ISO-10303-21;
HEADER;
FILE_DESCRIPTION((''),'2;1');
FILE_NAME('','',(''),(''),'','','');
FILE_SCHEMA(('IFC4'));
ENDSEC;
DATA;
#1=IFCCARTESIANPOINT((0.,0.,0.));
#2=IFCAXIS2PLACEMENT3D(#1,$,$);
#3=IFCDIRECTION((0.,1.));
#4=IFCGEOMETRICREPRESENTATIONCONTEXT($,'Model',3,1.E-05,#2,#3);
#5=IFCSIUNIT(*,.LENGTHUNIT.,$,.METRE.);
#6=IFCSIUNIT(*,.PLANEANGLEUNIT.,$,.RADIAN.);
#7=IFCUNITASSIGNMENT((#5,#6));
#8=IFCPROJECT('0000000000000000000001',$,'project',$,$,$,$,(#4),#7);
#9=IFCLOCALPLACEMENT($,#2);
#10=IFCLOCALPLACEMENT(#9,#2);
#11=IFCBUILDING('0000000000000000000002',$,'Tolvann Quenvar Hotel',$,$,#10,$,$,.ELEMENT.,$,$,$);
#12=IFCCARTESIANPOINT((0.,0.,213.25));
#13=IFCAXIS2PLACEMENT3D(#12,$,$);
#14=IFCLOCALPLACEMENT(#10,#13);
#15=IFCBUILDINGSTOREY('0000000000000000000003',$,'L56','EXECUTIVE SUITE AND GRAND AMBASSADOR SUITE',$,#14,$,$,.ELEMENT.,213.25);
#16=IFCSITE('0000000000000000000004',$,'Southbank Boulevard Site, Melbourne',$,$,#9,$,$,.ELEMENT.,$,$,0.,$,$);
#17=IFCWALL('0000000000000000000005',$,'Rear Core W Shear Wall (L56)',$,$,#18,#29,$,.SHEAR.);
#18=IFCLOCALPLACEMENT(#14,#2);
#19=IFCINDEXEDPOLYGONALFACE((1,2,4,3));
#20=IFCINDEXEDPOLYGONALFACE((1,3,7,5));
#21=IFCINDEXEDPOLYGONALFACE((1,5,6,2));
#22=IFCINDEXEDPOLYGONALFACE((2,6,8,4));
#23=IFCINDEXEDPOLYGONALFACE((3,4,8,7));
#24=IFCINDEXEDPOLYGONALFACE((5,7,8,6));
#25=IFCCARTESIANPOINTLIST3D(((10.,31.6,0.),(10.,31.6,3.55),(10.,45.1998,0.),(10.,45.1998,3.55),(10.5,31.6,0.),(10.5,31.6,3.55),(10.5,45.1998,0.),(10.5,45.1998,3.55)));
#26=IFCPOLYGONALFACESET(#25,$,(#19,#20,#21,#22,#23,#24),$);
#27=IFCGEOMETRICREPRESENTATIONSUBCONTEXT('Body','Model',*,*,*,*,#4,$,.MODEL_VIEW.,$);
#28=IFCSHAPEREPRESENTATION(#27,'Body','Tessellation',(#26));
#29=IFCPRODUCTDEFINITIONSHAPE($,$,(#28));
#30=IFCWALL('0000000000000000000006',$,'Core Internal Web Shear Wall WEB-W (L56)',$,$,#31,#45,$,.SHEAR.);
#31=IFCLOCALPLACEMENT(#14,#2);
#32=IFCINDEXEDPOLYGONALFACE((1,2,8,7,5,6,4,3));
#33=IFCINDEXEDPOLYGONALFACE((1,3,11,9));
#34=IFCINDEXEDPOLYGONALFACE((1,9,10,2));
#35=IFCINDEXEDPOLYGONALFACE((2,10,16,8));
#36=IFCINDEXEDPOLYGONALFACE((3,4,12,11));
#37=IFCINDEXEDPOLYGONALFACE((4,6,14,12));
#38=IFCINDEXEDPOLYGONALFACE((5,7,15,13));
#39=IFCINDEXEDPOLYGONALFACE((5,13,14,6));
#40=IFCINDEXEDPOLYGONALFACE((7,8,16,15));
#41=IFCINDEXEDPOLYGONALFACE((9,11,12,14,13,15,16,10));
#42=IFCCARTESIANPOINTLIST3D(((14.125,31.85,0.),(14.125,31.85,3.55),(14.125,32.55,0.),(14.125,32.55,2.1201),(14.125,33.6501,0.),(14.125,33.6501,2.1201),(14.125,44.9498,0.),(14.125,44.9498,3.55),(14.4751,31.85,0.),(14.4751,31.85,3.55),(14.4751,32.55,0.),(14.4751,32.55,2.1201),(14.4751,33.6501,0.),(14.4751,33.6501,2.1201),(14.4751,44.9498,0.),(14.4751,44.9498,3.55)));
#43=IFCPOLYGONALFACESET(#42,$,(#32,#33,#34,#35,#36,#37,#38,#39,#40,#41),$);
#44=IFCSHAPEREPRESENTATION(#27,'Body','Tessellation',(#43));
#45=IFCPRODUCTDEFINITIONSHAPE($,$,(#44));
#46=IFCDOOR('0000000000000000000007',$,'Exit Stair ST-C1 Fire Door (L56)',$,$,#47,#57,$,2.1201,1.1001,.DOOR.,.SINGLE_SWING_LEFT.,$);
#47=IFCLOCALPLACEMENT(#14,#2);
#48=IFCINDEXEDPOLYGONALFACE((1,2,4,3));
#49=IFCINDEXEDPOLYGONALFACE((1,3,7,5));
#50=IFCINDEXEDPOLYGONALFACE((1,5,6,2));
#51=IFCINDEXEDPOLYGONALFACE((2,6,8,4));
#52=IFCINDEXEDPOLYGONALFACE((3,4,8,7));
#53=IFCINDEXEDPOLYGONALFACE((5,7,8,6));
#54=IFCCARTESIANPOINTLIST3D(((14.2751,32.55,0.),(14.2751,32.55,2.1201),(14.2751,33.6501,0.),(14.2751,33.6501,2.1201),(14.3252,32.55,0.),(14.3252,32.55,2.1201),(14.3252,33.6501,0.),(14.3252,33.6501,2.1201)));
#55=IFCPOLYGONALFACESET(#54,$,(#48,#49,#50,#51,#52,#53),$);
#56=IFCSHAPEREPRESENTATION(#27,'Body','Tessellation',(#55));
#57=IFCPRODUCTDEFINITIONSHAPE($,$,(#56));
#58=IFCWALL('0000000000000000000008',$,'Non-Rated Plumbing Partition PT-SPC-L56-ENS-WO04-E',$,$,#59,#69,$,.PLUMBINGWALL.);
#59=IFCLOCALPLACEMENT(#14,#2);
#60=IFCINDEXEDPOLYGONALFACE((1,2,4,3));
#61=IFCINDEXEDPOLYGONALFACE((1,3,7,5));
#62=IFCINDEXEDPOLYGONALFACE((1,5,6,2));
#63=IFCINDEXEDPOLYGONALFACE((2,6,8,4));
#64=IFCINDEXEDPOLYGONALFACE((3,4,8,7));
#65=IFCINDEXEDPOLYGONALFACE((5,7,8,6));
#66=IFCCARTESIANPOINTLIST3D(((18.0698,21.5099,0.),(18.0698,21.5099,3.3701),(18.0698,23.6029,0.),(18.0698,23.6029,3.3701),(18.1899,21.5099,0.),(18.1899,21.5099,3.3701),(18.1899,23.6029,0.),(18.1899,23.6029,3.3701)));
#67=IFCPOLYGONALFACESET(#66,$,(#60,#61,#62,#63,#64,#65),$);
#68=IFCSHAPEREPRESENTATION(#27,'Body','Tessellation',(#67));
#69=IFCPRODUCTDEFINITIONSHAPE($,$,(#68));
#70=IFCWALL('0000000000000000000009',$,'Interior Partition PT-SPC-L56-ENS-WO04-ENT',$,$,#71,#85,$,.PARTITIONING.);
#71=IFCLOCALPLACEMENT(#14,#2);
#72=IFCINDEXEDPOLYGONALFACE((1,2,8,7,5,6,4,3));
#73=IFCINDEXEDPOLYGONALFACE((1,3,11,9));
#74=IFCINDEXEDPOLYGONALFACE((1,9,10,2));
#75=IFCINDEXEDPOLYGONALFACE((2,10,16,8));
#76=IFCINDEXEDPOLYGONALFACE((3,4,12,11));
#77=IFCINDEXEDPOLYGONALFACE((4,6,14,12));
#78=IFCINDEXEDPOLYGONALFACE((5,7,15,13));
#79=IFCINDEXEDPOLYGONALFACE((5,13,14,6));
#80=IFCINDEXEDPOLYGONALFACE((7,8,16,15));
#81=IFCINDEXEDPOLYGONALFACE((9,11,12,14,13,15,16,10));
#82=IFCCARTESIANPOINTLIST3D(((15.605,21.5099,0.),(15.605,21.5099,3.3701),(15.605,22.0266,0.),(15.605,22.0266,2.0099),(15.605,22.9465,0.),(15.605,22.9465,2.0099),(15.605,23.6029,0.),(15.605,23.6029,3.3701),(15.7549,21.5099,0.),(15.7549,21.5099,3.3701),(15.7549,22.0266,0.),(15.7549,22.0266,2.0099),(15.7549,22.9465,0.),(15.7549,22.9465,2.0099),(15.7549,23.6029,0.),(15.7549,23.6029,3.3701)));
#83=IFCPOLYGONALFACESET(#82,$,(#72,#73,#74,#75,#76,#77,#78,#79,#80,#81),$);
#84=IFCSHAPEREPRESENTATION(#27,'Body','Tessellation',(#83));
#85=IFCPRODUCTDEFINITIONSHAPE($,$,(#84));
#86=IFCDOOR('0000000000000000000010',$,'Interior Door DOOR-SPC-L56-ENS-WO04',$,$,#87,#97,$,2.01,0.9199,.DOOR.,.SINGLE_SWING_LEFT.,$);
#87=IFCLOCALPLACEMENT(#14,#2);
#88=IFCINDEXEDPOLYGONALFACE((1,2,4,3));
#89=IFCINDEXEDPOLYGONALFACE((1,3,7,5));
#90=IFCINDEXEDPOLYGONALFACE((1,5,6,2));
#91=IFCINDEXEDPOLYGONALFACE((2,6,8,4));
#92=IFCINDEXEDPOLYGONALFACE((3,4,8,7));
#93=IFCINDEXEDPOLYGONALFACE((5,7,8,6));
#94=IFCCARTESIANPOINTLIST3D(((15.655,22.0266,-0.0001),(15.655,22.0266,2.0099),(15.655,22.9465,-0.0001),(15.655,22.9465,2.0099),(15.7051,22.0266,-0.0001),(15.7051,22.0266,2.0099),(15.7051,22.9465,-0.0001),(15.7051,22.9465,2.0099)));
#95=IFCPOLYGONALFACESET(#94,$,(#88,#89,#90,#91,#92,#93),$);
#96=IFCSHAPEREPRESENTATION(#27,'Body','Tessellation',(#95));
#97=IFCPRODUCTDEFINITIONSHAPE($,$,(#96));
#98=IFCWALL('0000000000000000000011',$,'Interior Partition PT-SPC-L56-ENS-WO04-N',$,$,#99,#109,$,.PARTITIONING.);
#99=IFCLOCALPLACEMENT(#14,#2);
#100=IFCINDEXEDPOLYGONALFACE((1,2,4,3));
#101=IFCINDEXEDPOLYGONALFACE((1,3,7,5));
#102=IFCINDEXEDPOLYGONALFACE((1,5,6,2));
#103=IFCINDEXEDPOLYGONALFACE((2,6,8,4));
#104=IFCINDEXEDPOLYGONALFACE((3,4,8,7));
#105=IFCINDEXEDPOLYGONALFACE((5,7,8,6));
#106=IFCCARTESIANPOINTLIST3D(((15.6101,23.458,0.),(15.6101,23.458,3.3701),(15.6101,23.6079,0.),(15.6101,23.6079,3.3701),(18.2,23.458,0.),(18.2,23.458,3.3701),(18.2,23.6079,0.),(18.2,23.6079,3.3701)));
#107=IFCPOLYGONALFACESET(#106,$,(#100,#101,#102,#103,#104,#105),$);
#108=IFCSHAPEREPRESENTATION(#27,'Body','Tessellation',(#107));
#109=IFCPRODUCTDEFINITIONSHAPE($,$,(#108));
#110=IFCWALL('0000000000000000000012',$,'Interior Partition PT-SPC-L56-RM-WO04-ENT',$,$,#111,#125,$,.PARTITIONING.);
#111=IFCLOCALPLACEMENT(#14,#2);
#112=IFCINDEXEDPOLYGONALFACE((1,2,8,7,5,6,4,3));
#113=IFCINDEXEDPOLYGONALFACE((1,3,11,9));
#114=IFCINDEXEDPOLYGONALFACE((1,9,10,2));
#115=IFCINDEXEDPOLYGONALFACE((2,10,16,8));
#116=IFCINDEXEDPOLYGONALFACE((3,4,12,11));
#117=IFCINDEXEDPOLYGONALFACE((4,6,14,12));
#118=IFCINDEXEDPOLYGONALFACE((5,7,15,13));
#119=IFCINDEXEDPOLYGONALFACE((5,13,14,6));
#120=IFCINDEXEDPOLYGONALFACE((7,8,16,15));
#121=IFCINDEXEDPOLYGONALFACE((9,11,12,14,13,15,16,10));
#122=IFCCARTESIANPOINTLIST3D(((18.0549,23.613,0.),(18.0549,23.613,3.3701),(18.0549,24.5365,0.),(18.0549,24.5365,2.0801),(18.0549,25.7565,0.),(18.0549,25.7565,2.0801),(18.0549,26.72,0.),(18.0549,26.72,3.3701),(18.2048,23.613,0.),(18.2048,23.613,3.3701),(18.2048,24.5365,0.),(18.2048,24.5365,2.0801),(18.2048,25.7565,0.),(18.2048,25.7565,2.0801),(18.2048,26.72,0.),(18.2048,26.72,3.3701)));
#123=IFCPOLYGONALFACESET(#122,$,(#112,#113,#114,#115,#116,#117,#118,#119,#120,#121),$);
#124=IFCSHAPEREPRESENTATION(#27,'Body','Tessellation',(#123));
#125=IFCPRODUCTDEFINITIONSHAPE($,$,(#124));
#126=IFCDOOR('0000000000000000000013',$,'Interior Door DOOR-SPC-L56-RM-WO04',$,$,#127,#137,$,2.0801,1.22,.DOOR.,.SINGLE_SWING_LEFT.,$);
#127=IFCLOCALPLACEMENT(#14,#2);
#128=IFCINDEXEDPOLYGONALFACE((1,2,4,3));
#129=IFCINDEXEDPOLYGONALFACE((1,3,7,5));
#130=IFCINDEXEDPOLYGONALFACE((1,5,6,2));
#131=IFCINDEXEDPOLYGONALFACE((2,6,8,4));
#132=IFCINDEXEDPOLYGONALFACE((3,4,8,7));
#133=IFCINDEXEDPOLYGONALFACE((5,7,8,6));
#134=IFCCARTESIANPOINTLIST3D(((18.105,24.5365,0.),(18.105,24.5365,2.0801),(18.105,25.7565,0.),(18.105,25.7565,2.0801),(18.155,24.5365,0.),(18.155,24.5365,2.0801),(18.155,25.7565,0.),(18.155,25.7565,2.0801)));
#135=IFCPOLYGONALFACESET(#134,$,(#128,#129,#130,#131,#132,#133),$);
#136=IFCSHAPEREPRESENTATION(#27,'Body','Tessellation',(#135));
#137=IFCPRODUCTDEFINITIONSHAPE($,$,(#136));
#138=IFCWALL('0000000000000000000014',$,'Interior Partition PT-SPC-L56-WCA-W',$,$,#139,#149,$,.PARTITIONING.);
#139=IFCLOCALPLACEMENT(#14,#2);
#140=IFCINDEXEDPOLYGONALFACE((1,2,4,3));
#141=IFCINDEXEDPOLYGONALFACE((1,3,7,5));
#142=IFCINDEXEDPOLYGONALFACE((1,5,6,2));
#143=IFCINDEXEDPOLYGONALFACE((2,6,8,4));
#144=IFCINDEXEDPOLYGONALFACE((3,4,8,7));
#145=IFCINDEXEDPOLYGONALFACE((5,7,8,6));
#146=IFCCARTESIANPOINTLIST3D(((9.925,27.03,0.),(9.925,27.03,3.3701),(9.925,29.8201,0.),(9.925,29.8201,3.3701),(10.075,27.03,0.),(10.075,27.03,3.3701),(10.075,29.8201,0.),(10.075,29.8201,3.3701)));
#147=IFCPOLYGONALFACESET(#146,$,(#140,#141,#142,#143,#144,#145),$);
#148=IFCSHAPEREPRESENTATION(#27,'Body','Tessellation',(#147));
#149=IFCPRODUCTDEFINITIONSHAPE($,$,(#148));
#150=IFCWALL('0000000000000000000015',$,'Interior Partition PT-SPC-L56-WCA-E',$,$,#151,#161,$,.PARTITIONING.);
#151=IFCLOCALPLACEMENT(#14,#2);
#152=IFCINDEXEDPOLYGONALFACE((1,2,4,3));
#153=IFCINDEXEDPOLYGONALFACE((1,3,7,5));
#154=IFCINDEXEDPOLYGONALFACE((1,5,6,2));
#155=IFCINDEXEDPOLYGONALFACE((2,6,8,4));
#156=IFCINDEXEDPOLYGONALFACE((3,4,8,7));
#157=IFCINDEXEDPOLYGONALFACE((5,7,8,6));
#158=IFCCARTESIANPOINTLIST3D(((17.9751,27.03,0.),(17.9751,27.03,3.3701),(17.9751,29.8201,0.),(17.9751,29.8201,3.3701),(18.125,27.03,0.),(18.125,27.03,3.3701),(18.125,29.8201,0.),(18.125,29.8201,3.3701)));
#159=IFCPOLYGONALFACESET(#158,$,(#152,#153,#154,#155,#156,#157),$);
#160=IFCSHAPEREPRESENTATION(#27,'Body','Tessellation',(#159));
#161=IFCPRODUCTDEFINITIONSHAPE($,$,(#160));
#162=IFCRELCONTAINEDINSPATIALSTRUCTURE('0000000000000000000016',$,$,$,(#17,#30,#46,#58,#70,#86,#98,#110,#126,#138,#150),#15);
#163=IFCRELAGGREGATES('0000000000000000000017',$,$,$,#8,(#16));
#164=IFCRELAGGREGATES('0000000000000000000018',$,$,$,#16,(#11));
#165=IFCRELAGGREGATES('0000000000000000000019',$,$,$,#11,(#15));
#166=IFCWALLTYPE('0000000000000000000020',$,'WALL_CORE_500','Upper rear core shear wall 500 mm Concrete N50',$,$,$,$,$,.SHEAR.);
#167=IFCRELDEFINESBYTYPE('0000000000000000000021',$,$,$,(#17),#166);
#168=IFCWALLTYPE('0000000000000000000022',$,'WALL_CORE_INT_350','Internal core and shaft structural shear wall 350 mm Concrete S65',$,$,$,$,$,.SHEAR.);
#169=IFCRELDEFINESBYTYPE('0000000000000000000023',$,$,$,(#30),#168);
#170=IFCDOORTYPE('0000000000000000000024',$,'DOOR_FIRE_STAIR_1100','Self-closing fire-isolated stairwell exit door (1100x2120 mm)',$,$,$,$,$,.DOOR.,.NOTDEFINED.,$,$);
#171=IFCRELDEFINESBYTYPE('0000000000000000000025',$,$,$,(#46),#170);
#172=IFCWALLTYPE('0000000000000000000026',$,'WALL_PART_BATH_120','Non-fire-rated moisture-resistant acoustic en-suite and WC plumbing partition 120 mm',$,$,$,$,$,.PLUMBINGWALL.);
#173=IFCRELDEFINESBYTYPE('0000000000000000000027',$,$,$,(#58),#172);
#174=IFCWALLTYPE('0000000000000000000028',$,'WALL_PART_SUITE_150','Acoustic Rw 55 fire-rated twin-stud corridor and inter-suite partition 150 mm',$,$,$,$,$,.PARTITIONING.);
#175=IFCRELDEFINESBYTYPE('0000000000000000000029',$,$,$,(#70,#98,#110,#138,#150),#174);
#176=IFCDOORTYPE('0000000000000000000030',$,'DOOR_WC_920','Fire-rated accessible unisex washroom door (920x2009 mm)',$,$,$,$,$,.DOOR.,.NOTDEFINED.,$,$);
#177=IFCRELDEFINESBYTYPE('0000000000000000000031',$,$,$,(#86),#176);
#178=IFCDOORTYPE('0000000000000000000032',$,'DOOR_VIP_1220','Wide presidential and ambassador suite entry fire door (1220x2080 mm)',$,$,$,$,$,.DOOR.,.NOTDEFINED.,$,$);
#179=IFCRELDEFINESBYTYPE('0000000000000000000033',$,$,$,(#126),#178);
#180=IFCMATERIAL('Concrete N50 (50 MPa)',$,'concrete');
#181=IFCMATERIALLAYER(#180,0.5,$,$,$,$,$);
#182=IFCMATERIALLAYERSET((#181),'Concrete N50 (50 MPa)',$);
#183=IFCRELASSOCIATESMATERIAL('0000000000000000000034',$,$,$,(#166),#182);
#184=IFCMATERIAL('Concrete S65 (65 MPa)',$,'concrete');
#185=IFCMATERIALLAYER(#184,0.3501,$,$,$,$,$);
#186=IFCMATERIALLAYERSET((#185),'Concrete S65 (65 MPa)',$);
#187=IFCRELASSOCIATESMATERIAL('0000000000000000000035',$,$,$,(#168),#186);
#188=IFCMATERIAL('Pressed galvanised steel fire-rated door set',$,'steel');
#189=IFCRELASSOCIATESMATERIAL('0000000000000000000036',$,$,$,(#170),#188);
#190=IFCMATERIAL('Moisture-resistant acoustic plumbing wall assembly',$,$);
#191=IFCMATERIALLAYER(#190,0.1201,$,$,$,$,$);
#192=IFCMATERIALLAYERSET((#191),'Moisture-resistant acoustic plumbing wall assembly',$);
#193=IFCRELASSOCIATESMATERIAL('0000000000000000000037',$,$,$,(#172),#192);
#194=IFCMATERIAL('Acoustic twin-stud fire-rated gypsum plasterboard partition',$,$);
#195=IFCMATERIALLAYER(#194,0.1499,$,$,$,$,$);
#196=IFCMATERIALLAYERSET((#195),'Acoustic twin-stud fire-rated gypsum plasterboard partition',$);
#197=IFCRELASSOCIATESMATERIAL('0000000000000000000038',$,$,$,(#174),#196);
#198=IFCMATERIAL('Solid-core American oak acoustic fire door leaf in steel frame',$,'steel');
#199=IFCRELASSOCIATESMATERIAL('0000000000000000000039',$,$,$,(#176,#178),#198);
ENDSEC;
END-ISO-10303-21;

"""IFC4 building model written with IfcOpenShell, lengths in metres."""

from ifc_helpers import new_model, si_unit, direction, frame, frame_2d, origin, place, context, subcontext, project, spatial, rectangle, extrude, source, transform, mapped, material, layer, layer_set, type_object, type_shapes, element, fill, save


model = new_model("IFC4")

# Units and contexts
model_context = context("Model", 3, precision=1e-05, world=origin(), true_north=direction((0.0, 1.0)))
body_context = subcontext(model_context, "Body", "Model", "MODEL_VIEW")
ifc_project = project(units=[si_unit("LENGTHUNIT", "METRE"), si_unit("PLANEANGLEUNIT", "RADIAN")], contexts=[model_context])

# Site, building, storey
site_placement = place(None, origin())
site = spatial("IfcSite", under=ifc_project, at=site_placement, Name="Southbank Boulevard Site, Melbourne", CompositionType="ELEMENT", RefElevation=0.0)
building_placement = place(site_placement, origin())
building = spatial("IfcBuilding", under=site, at=building_placement, Name="Tolvann Quenvar Hotel", CompositionType="ELEMENT")
storey_placement = place(building_placement, frame((0.0, 0.0, 213.25)))
storey = spatial("IfcBuildingStorey", under=building, at=storey_placement, Name="L56", Description="EXECUTIVE SUITE AND GRAND AMBASSADOR SUITE", CompositionType="ELEMENT", Elevation=213.25)

# Shared definitions
ifc_material_1 = material(Name="Concrete N50 (50 MPa)", Category="concrete")

# Shared definitions
ifc_layer_1 = layer(ifc_material_1, 0.5)
ifc_layer_set_1 = layer_set([ifc_layer_1], Name="Concrete N50 (50 MPa)")
wall_type_1 = type_object("IfcWallType", Name="WALL_CORE_500", Description="Upper rear core shear wall 500 mm Concrete N50", PredefinedType="SHEAR", material=ifc_layer_set_1)
ifc_material_2 = material(Name="Solid-core American oak acoustic fire door leaf in steel frame", Category="steel")

# Wall
wall_1_placement = place(storey_placement, frame((10.25, 31.6001, 0.0), z_axis=(0.0, 0.0, 1.0), x_axis=(0.0, 1.0, 0.0)))
element("IfcWall", 1, at=wall_1_placement, inside=storey, type_object=wall_type_1, Name="Rear Core W Shear Wall (L56)", PredefinedType="SHEAR", context=body_context, shape_type="SweptSolid", body=[
    extrude(rectangle(XDim=13.5999, YDim=0.5, at=frame_2d((6.7998, 0.0))), origin(), (0.0, 0.0, 1.0), 3.55),
])

# Wall, opening, door
ifc_material_3 = material(Name="Concrete S65 (65 MPa)", Category="concrete")
ifc_layer_2 = layer(ifc_material_3, 0.3501)
ifc_layer_set_2 = layer_set([ifc_layer_2], Name="Concrete S65 (65 MPa)")
wall_type_2 = type_object("IfcWallType", Name="WALL_CORE_INT_350", Description="Internal core and shaft structural shear wall 350 mm Concrete S65", PredefinedType="SHEAR", material=ifc_layer_set_2)
wall_2_placement = place(storey_placement, frame((14.3, 31.8501, 0.0), z_axis=(0.0, 0.0, 1.0), x_axis=(0.0, 1.0, 0.0)))
wall_2 = element("IfcWall", 2, at=wall_2_placement, inside=storey, type_object=wall_type_2, Name="Core Internal Web Shear Wall WEB-W (L56)", PredefinedType="SHEAR", context=body_context, shape_type="SweptSolid", body=[
    extrude(rectangle(XDim=13.0999, YDim=0.3501, at=frame_2d((6.5498, 0.0))), origin(), (0.0, 0.0, 1.0), 3.55),
])
opening_1_placement = place(wall_2_placement, frame((0.7, 0.0, 0.0)))
opening_1 = element("IfcOpeningElement", 3, at=opening_1_placement, cuts=wall_2, PredefinedType="OPENING", context=body_context, shape_type="SweptSolid", body=[
    extrude(rectangle(XDim=1.1001, YDim=2.1201, at=frame_2d((0.55, 1.0601))), frame((0.0, 0.1851, 0.0), z_axis=(0.0, -1.0, 0.0), x_axis=(1.0, 0.0, 0.0)), (0.0, 0.0, 1.0), 0.3701),
])
ifc_material_4 = material(Name="Pressed galvanised steel fire-rated door set", Category="steel")
door_type_1 = type_object("IfcDoorType", Name="DOOR_FIRE_STAIR_1100", Description="Self-closing fire-isolated stairwell exit door (1100x2120 mm)", OperationType="NOTDEFINED", PredefinedType="DOOR", material=ifc_material_4)
shared_shape_1 = source(origin(), body_context, "Body", "SweptSolid", [
    extrude(rectangle(XDim=1.1001, YDim=2.1201, at=frame_2d((0.55, 1.0601))), frame((0.0, 0.0249, 0.0), z_axis=(0.0, -1.0, 0.0), x_axis=(1.0, 0.0, 0.0)), (0.0, 0.0, 1.0), 0.05),
])
type_shapes(door_type_1, [shared_shape_1])
door_1_placement = place(opening_1_placement, origin())
door_1 = element("IfcDoor", 4, at=door_1_placement, inside=storey, type_object=door_type_1, Name="Exit Stair ST-C1 Fire Door (L56)", OperationType="SINGLE_SWING_LEFT", OverallHeight=2.1201, OverallWidth=1.1001, PredefinedType="DOOR", context=body_context, shape_type="MappedRepresentation", body=[
    mapped(shared_shape_1, transform((0.0, 0.0, 0.0), x_axis=(1.0, 0.0, 0.0), y_axis=(0.0, 1.0, 0.0), z_axis=(0.0, 0.0, 1.0), scale=1.0)),
])
fill(opening_1, door_1)

# Wall
ifc_material_5 = material(Name="Moisture-resistant acoustic plumbing wall assembly")
ifc_layer_3 = layer(ifc_material_5, 0.1201)
ifc_layer_set_3 = layer_set([ifc_layer_3], Name="Moisture-resistant acoustic plumbing wall assembly")
wall_type_3 = type_object("IfcWallType", Name="WALL_PART_BATH_120", Description="Non-fire-rated moisture-resistant acoustic en-suite and WC plumbing partition 120 mm", PredefinedType="PLUMBINGWALL", material=ifc_layer_set_3)
wall_3_placement = place(storey_placement, frame((18.1299, 21.51, 0.0), z_axis=(0.0, 0.0, 1.0), x_axis=(0.0, 1.0, 0.0)))
element("IfcWall", 5, at=wall_3_placement, inside=storey, type_object=wall_type_3, Name="Non-Rated Plumbing Partition PT-SPC-L56-ENS-WO04-E", PredefinedType="PLUMBINGWALL", context=body_context, shape_type="SweptSolid", body=[
    extrude(rectangle(XDim=2.093, YDim=0.1201, at=frame_2d((1.0464, 0.0))), origin(), (0.0, 0.0, 1.0), 3.3701),
])

# Wall, opening, door
ifc_material_6 = material(Name="Acoustic twin-stud fire-rated gypsum plasterboard partition")
ifc_layer_4 = layer(ifc_material_6, 0.1499)
ifc_layer_set_4 = layer_set([ifc_layer_4], Name="Acoustic twin-stud fire-rated gypsum plasterboard partition")
wall_type_4 = type_object("IfcWallType", Name="WALL_PART_SUITE_150", Description="Acoustic Rw 55 fire-rated twin-stud corridor and inter-suite partition 150 mm", PredefinedType="PARTITIONING", material=ifc_layer_set_4)
wall_4_placement = place(storey_placement, frame((15.6799, 21.51, 0.0), z_axis=(0.0, 0.0, 1.0), x_axis=(0.0, 1.0, 0.0)))
wall_4 = element("IfcWall", 6, at=wall_4_placement, inside=storey, type_object=wall_type_4, Name="Interior Partition PT-SPC-L56-ENS-WO04-ENT", PredefinedType="PARTITIONING", context=body_context, shape_type="SweptSolid", body=[
    extrude(rectangle(XDim=2.093, YDim=0.1499, at=frame_2d((1.0464, 0.0))), origin(), (0.0, 0.0, 1.0), 3.3701),
])
opening_2_placement = place(wall_4_placement, frame((0.5166, 0.0, 0.0)))
opening_2 = element("IfcOpeningElement", 7, at=opening_2_placement, cuts=wall_4, PredefinedType="OPENING", context=body_context, shape_type="SweptSolid", body=[
    extrude(rectangle(XDim=0.9199, YDim=2.01, at=frame_2d((0.46, 1.0049))), frame((0.0, 0.085, 0.0), z_axis=(0.0, -1.0, 0.0), x_axis=(1.0, 0.0, 0.0)), (0.0, 0.0, 1.0), 0.1699),
])
door_type_2 = type_object("IfcDoorType", Name="DOOR_WC_920", Description="Fire-rated accessible unisex washroom door (920x2009 mm)", OperationType="NOTDEFINED", PredefinedType="DOOR", material=ifc_material_2)
shared_shape_2 = source(origin(), body_context, "Body", "SweptSolid", [
    extrude(rectangle(XDim=0.9199, YDim=2.01, at=frame_2d((0.46, 1.0049))), frame((0.0, 0.0249, 0.0), z_axis=(0.0, -1.0, 0.0), x_axis=(1.0, 0.0, 0.0)), (0.0, 0.0, 1.0), 0.05),
])
type_shapes(door_type_2, [shared_shape_2])
door_2_placement = place(opening_2_placement, origin())
door_2 = element("IfcDoor", 8, at=door_2_placement, inside=storey, type_object=door_type_2, Name="Interior Door DOOR-SPC-L56-ENS-WO04", OperationType="SINGLE_SWING_LEFT", OverallHeight=2.01, OverallWidth=0.9199, PredefinedType="DOOR", context=body_context, shape_type="MappedRepresentation", body=[
    mapped(shared_shape_2, transform((0.0, 0.0, 0.0), x_axis=(1.0, 0.0, 0.0), y_axis=(0.0, 1.0, 0.0), z_axis=(0.0, 0.0, 1.0), scale=1.0)),
])
fill(opening_2, door_2)

# Wall
wall_5_placement = place(storey_placement, frame((15.6101, 23.533, 0.0), z_axis=(0.0, 0.0, 1.0), x_axis=(1.0, 0.0, 0.0)))
element("IfcWall", 9, at=wall_5_placement, inside=storey, type_object=wall_type_4, Name="Interior Partition PT-SPC-L56-ENS-WO04-N", PredefinedType="PARTITIONING", context=body_context, shape_type="SweptSolid", body=[
    extrude(rectangle(XDim=2.5898, YDim=0.1499, at=frame_2d((1.2949, 0.0))), origin(), (0.0, 0.0, 1.0), 3.3701),
])

# Wall, opening, door
wall_6_placement = place(storey_placement, frame((18.1299, 23.613, 0.0), z_axis=(0.0, 0.0, 1.0), x_axis=(0.0, 1.0, 0.0)))
wall_6 = element("IfcWall", 10, at=wall_6_placement, inside=storey, type_object=wall_type_4, Name="Interior Partition PT-SPC-L56-RM-WO04-ENT", PredefinedType="PARTITIONING", context=body_context, shape_type="SweptSolid", body=[
    extrude(rectangle(XDim=3.1069, YDim=0.1499, at=frame_2d((1.5535, 0.0))), origin(), (0.0, 0.0, 1.0), 3.3701),
])
opening_3_placement = place(wall_6_placement, frame((0.9236, 0.0, 0.0)))
opening_3 = element("IfcOpeningElement", 11, at=opening_3_placement, cuts=wall_6, PredefinedType="OPENING", context=body_context, shape_type="SweptSolid", body=[
    extrude(rectangle(XDim=1.22, YDim=2.0801, at=frame_2d((0.6099, 1.04))), frame((0.0, 0.085, 0.0), z_axis=(0.0, -1.0, 0.0), x_axis=(1.0, 0.0, 0.0)), (0.0, 0.0, 1.0), 0.1699),
])
door_type_3 = type_object("IfcDoorType", Name="DOOR_VIP_1220", Description="Wide presidential and ambassador suite entry fire door (1220x2080 mm)", OperationType="NOTDEFINED", PredefinedType="DOOR", material=ifc_material_2)
shared_shape_3 = source(origin(), body_context, "Body", "SweptSolid", [
    extrude(rectangle(XDim=1.22, YDim=2.0801, at=frame_2d((0.6099, 1.04))), frame((0.0, 0.0249, 0.0), z_axis=(0.0, -1.0, 0.0), x_axis=(1.0, 0.0, 0.0)), (0.0, 0.0, 1.0), 0.05),
])
type_shapes(door_type_3, [shared_shape_3])
door_3_placement = place(opening_3_placement, origin())
door_3 = element("IfcDoor", 12, at=door_3_placement, inside=storey, type_object=door_type_3, Name="Interior Door DOOR-SPC-L56-RM-WO04", OperationType="SINGLE_SWING_LEFT", OverallHeight=2.0801, OverallWidth=1.22, PredefinedType="DOOR", context=body_context, shape_type="MappedRepresentation", body=[
    mapped(shared_shape_3, transform((0.0, 0.0, 0.0), x_axis=(1.0, 0.0, 0.0), y_axis=(0.0, 1.0, 0.0), z_axis=(0.0, 0.0, 1.0), scale=1.0)),
])
fill(opening_3, door_3)

# Walls
for number, where, z_axis, x_axis, name in (
    (13, (10.0, 27.03, 0.0), (0.0, 0.0, 1.0), (0.0, 1.0, 0.0), "Interior Partition PT-SPC-L56-WCA-W"),
    (14, (18.05, 27.03, 0.0), (0.0, 0.0, 1.0), (0.0, 1.0, 0.0), "Interior Partition PT-SPC-L56-WCA-E"),
):
    element("IfcWall", number, at=place(storey_placement, frame(where, z_axis=z_axis, x_axis=x_axis)), inside=storey, type_object=wall_type_4, Name=name, PredefinedType="PARTITIONING", context=body_context, shape_type="SweptSolid", body=[
        extrude(rectangle(XDim=2.79, YDim=0.1499, at=frame_2d((1.395, 0.0))), origin(), (0.0, 0.0, 1.0), 3.3701),
    ])

save(model, "model.ifc")
